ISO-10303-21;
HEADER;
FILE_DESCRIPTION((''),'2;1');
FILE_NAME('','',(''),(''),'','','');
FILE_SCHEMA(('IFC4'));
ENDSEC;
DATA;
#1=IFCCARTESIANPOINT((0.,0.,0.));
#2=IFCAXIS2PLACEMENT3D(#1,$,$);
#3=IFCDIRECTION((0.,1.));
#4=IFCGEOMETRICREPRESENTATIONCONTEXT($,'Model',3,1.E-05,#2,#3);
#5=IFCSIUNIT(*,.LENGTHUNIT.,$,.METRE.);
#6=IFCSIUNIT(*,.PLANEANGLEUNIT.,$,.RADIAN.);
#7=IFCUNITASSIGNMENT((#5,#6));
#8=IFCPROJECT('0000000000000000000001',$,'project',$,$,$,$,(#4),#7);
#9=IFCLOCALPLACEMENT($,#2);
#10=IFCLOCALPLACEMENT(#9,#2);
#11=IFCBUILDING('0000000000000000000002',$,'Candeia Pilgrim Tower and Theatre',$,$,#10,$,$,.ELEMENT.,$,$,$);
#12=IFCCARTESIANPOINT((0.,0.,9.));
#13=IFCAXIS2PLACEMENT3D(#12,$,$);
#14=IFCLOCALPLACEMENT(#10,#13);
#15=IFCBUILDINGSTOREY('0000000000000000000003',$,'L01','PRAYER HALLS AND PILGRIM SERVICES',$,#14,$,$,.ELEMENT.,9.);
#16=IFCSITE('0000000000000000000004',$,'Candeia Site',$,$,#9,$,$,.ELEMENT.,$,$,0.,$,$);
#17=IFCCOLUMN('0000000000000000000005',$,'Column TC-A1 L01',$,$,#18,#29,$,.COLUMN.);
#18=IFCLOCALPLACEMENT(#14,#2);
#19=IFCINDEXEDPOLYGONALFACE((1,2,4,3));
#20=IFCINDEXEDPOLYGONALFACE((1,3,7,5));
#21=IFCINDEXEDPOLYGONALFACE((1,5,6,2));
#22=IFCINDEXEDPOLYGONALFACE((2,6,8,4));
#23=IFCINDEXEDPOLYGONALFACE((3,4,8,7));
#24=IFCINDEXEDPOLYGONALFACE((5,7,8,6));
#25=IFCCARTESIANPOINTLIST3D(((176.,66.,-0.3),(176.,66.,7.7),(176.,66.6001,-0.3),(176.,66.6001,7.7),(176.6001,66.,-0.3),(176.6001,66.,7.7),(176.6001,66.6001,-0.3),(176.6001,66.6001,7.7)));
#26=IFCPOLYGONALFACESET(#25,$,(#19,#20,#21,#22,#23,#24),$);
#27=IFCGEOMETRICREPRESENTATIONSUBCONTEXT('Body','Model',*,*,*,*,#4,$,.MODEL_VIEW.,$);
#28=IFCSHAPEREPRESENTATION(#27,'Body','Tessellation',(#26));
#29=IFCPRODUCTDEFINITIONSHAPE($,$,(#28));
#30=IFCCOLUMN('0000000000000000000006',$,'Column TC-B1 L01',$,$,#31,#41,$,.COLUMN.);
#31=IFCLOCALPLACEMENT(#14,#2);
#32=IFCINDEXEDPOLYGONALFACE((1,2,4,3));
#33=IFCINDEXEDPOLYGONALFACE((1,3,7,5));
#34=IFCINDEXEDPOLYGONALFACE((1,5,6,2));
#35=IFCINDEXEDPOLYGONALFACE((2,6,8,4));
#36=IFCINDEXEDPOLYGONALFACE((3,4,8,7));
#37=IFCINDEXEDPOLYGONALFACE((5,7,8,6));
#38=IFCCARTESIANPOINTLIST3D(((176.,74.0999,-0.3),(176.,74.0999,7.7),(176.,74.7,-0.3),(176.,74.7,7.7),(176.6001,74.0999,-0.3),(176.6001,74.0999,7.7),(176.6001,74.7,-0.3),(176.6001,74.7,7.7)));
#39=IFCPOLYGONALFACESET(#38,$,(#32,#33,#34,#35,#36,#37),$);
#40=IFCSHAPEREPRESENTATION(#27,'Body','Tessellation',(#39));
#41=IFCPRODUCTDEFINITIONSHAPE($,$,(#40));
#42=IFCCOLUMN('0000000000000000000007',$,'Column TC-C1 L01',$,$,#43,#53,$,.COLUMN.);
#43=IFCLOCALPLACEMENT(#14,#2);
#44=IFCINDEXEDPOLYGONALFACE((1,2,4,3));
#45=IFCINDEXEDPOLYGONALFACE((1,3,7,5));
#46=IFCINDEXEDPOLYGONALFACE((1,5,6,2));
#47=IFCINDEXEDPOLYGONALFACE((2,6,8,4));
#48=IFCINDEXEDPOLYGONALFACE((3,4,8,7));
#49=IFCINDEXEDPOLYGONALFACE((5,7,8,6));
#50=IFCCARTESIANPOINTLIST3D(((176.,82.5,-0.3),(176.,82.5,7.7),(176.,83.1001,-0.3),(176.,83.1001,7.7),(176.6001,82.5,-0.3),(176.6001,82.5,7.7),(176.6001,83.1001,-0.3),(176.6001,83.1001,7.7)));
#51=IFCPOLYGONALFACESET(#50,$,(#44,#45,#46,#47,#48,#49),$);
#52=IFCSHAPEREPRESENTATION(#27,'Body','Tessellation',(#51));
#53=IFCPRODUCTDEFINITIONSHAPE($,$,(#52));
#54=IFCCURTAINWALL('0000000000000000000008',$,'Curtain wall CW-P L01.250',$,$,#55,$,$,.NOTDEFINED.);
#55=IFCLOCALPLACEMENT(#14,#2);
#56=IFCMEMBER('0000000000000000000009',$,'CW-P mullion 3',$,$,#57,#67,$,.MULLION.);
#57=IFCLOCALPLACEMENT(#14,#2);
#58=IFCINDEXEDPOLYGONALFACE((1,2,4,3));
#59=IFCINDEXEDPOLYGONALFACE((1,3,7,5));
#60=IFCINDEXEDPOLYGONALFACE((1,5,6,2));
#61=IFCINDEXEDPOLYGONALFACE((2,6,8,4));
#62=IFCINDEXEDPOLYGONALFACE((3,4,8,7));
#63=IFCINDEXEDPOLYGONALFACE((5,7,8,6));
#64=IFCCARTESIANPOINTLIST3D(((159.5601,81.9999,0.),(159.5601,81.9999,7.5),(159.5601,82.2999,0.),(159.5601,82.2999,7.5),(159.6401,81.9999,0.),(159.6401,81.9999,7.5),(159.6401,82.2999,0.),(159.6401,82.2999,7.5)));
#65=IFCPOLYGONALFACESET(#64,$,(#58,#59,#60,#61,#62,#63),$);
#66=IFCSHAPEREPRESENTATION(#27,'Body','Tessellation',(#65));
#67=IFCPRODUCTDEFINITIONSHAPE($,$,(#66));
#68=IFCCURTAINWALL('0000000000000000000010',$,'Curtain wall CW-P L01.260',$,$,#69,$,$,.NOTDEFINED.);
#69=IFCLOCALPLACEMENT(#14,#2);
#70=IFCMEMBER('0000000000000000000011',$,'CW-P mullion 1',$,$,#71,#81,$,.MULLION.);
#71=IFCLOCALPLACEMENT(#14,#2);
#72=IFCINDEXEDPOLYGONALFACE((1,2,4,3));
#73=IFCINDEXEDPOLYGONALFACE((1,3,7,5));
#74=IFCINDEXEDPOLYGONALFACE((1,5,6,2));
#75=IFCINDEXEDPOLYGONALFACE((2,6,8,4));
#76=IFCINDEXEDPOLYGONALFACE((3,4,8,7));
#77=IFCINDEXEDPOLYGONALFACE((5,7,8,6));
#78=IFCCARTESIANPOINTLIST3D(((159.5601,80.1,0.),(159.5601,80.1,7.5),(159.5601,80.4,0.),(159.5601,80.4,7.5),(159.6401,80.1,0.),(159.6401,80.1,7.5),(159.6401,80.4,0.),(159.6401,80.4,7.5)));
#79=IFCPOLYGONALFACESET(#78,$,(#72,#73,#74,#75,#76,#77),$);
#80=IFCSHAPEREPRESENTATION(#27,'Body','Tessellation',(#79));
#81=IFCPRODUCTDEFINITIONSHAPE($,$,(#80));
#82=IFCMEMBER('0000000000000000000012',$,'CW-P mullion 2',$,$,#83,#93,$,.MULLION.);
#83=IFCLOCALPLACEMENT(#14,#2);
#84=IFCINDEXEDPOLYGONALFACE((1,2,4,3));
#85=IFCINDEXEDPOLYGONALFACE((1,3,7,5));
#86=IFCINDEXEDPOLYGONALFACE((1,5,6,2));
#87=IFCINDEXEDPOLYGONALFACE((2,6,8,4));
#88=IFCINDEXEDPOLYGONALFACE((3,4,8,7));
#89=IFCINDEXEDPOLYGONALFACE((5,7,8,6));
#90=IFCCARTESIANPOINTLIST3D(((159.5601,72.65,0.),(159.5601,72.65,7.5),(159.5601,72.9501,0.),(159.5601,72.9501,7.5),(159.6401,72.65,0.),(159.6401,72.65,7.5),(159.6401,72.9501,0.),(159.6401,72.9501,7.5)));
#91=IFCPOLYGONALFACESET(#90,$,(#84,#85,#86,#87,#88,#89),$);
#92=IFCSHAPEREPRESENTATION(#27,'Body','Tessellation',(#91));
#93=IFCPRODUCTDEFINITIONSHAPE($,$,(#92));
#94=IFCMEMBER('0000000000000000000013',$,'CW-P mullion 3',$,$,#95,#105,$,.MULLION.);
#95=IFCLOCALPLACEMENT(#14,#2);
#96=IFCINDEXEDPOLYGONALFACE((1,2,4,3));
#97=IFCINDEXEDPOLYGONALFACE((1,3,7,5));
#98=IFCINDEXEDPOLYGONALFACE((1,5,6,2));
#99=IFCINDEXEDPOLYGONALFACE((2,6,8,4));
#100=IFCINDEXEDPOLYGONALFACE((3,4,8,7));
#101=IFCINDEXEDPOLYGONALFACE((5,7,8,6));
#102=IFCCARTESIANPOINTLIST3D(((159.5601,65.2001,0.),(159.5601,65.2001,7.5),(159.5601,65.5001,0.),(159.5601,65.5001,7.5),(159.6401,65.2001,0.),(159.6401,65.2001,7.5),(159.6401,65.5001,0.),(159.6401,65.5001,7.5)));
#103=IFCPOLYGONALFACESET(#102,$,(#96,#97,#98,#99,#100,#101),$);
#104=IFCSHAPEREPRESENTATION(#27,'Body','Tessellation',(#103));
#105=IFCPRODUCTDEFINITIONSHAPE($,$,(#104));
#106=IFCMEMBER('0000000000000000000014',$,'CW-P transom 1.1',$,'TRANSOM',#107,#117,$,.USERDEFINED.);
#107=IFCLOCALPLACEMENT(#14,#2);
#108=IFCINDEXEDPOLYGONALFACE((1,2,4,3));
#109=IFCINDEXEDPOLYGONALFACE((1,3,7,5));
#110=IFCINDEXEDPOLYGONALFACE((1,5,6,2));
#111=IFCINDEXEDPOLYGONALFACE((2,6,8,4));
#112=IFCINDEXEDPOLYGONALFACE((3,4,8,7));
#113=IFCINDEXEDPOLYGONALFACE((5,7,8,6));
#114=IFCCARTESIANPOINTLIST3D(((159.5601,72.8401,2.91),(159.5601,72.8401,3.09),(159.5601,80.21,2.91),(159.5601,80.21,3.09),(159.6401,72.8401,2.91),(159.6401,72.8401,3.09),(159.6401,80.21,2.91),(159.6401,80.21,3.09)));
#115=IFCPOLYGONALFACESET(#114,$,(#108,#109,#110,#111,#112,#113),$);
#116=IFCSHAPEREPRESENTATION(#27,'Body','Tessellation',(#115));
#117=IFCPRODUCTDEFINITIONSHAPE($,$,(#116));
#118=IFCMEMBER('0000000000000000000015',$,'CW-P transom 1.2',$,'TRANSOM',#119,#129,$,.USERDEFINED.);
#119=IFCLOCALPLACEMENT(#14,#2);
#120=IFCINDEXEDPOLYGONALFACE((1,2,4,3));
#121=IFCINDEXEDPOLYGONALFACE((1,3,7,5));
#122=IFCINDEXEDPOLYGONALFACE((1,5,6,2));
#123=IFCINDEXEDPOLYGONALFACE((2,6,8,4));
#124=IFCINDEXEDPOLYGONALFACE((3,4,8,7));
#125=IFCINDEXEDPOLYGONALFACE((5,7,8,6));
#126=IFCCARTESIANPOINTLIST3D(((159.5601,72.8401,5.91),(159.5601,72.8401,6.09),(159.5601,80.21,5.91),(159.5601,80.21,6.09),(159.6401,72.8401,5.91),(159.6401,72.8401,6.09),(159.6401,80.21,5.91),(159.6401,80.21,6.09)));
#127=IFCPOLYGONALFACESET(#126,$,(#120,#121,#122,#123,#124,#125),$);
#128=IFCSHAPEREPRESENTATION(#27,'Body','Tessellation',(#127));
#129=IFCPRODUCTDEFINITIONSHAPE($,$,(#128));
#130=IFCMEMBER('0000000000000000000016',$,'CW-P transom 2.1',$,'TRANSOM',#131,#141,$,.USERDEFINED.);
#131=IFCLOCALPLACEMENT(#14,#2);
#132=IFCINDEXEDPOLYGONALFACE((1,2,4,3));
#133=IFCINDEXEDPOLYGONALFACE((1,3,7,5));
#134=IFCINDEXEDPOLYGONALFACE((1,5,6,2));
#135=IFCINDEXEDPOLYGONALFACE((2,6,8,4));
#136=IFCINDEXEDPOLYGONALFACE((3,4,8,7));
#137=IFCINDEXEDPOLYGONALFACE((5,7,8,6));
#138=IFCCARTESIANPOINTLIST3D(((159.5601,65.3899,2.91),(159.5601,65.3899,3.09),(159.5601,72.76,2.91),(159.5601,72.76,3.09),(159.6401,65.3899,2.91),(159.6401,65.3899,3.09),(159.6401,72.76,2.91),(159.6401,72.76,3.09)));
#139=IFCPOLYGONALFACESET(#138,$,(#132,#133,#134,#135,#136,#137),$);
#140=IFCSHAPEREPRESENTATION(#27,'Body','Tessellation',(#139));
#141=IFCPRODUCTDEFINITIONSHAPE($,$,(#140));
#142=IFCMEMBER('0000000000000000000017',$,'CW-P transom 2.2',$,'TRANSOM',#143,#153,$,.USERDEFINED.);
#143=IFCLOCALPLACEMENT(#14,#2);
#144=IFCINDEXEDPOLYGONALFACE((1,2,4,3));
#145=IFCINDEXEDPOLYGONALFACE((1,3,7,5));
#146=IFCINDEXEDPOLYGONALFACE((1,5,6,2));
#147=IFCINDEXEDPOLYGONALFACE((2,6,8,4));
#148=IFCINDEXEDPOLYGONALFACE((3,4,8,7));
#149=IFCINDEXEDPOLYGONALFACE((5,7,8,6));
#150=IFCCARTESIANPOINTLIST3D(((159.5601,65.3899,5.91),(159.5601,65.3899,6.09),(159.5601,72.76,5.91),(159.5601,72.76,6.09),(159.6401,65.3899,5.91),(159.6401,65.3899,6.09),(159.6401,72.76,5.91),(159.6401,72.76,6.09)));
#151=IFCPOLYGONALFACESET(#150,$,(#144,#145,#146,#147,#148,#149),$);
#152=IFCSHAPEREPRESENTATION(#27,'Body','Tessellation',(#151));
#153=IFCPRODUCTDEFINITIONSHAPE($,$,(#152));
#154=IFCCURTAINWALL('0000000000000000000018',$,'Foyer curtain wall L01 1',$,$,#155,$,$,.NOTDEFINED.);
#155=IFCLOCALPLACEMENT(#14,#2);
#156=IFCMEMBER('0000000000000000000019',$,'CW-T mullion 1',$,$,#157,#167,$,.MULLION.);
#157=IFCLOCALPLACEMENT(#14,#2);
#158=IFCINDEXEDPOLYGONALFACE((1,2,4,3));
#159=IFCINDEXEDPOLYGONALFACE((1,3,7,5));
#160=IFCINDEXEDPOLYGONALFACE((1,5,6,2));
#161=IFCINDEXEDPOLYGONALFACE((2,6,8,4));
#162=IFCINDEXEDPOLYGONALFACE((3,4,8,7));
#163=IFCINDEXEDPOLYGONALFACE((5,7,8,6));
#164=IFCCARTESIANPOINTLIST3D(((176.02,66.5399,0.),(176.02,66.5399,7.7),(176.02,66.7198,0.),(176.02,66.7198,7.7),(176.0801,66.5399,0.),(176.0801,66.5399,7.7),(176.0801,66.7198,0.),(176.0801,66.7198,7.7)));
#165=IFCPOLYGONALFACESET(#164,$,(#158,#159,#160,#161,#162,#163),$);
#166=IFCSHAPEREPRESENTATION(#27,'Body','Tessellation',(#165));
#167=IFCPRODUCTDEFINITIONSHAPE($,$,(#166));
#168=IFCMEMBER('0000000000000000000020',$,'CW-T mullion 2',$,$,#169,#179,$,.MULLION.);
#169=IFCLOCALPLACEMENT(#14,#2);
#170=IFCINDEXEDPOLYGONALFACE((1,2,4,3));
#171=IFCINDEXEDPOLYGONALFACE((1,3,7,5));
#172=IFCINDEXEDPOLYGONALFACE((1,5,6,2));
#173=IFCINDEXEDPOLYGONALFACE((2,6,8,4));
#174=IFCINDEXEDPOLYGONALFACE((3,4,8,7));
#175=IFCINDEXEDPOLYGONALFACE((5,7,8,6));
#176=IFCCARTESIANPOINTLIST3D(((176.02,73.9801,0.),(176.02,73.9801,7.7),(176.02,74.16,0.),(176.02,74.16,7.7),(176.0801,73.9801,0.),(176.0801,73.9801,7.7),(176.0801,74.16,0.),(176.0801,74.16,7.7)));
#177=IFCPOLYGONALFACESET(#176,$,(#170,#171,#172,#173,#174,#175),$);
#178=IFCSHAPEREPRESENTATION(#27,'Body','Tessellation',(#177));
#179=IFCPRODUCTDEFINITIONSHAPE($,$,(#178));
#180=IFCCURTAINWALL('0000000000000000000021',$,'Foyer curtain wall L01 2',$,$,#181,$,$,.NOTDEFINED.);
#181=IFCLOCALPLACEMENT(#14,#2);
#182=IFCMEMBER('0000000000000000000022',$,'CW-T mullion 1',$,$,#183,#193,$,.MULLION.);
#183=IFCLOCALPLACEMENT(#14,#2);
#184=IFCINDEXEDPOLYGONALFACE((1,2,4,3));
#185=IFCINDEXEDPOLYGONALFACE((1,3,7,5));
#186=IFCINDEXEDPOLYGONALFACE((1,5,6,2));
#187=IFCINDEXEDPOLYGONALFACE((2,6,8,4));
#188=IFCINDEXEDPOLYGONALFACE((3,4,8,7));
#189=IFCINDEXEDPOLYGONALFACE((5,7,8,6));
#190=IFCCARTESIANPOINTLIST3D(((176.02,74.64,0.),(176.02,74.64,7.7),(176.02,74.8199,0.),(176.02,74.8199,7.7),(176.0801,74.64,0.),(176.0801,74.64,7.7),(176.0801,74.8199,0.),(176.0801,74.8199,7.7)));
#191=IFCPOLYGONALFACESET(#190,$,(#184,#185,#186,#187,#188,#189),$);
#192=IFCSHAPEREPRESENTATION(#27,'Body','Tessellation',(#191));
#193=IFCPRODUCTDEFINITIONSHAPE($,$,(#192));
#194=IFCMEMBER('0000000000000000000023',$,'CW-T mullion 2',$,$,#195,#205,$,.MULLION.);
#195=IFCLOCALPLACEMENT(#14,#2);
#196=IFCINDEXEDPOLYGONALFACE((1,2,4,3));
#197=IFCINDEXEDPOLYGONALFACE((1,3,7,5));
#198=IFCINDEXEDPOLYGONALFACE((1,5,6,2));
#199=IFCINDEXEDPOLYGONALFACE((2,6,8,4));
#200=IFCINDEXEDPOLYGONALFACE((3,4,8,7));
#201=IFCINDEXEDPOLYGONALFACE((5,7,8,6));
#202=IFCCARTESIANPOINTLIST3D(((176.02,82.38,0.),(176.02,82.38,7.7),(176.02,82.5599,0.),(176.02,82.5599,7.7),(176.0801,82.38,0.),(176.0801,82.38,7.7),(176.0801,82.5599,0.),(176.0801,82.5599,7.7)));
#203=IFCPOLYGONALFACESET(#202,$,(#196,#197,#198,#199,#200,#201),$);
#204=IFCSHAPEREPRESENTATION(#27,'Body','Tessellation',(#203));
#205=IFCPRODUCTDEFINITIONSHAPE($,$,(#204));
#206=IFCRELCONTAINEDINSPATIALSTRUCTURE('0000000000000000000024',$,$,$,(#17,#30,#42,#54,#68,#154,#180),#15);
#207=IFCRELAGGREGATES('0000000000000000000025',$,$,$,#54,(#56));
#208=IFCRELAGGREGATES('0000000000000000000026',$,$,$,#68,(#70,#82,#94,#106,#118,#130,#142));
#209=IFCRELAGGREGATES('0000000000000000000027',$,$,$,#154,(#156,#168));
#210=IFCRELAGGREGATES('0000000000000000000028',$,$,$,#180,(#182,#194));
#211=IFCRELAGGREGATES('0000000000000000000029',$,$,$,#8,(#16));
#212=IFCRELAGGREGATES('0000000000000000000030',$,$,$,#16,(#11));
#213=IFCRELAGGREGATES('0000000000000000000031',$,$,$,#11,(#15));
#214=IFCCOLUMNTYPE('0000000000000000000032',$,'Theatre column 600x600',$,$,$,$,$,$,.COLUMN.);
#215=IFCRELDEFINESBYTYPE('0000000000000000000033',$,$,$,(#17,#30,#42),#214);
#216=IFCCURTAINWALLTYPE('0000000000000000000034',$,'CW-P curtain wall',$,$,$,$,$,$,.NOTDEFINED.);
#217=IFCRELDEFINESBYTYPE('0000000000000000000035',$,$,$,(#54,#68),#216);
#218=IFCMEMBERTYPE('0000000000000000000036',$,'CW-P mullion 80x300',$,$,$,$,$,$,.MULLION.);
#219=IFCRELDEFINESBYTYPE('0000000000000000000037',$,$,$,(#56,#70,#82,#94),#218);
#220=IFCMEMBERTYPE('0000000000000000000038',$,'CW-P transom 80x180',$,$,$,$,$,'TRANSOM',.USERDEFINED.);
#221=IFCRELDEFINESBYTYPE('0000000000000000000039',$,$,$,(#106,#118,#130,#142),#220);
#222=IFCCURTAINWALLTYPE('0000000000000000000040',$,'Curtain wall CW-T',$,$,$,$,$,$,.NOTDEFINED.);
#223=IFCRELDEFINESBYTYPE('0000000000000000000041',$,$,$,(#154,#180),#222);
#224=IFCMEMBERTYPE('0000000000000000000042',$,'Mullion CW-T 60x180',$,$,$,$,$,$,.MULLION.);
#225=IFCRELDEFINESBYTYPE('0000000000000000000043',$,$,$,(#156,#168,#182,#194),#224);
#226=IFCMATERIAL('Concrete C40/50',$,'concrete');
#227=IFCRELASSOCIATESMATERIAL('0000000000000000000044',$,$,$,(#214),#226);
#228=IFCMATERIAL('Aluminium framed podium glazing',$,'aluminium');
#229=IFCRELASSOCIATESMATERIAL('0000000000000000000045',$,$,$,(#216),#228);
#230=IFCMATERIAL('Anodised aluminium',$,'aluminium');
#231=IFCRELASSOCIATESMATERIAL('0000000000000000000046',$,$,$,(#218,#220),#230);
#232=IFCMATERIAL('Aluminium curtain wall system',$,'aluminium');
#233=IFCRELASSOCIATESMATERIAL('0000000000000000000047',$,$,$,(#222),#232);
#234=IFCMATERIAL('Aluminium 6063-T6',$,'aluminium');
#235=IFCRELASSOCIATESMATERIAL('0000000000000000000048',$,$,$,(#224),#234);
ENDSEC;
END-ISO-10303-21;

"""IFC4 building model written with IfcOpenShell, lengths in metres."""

from ifc_helpers import new_model, si_unit, direction, frame, origin, origin_2d, place, context, subcontext, project, spatial, rectangle, extrude, material, material_profile, profile_set, type_object, element, aggregate, save


model = new_model("IFC4")

# Units and contexts
model_context = context("Model", 3, precision=1e-05, world=origin(), true_north=direction((0.0, 1.0)))
body_context = subcontext(model_context, "Body", "Model", "MODEL_VIEW")
ifc_project = project(units=[si_unit("LENGTHUNIT", "METRE"), si_unit("PLANEANGLEUNIT", "RADIAN")], contexts=[model_context])

# Site, building, storey
site_placement = place(None, origin())
site = spatial("IfcSite", under=ifc_project, at=site_placement, Name="Candeia Site", CompositionType="ELEMENT", RefElevation=0.0)
building_placement = place(site_placement, origin())
building = spatial("IfcBuilding", under=site, at=building_placement, Name="Candeia Pilgrim Tower and Theatre", CompositionType="ELEMENT")
storey_placement = place(building_placement, frame((0.0, 0.0, 9.0)))
storey = spatial("IfcBuildingStorey", under=building, at=storey_placement, Name="L01", Description="PRAYER HALLS AND PILGRIM SERVICES", CompositionType="ELEMENT", Elevation=9.0)

# Columns
ifc_material_1 = material(Name="Concrete C40/50", Category="concrete")
ifc_material_profile_1 = material_profile(ifc_material_1, rectangle(XDim=0.6001, YDim=0.6001, at=origin_2d()))
ifc_profile_set_1 = profile_set([ifc_material_profile_1], Name="Concrete C40/50")
column_type = type_object("IfcColumnType", Name="Theatre column 600x600", PredefinedType="COLUMN", material=ifc_profile_set_1)
for number, where, z_axis, x_axis, name in (
    (1, (176.3, 66.3, -0.3), (0.0, 0.0, 1.0), (1.0, 0.0, 0.0), "Column TC-A1 L01"),
    (2, (176.3, 74.3999, -0.3), (0.0, 0.0, 1.0), (1.0, 0.0, 0.0), "Column TC-B1 L01"),
    (3, (176.3, 82.8, -0.3), (0.0, 0.0, 1.0), (1.0, 0.0, 0.0), "Column TC-C1 L01"),
):
    element("IfcColumn", number, at=place(storey_placement, frame(where, z_axis=z_axis, x_axis=x_axis)), inside=storey, type_object=column_type, Name=name, PredefinedType="COLUMN", context=body_context, shape_type="SweptSolid", body=[
        extrude(rectangle(XDim=0.6001, YDim=0.6001, at=origin_2d()), origin(), (0.0, 0.0, 1.0), 8.0),
    ])

# Curtain wall, member
ifc_material_2 = material(Name="Aluminium framed podium glazing", Category="aluminium")
curtain_wall_type_1 = type_object("IfcCurtainWallType", Name="CW-P curtain wall", PredefinedType="NOTDEFINED", material=ifc_material_2)
curtain_wall_1_placement = place(storey_placement, origin())
curtain_wall_1 = element("IfcCurtainWall", 4, at=curtain_wall_1_placement, inside=storey, type_object=curtain_wall_type_1, Name="Curtain wall CW-P L01.250", PredefinedType="NOTDEFINED")
ifc_material_3 = material(Name="Anodised aluminium", Category="aluminium")
ifc_material_profile_2 = material_profile(ifc_material_3, rectangle(XDim=0.0801, YDim=0.3, at=origin_2d()))
ifc_profile_set_2 = profile_set([ifc_material_profile_2], Name="Anodised aluminium")
member_type_1 = type_object("IfcMemberType", Name="CW-P mullion 80x300", PredefinedType="MULLION", material=ifc_profile_set_2)
member_1_placement = place(storey_placement, frame((159.6001, 82.1499, 0.0), z_axis=(0.0, 0.0, 1.0), x_axis=(1.0, 0.0, 0.0)))
member_1 = element("IfcMember", 5, at=member_1_placement, type_object=member_type_1, Name="CW-P mullion 3", PredefinedType="MULLION", context=body_context, shape_type="SweptSolid", body=[
    extrude(rectangle(XDim=0.0801, YDim=0.3, at=origin_2d()), origin(), (0.0, 0.0, 1.0), 7.5),
])

# Curtain walls, members
curtain_wall_2_placement = place(storey_placement, origin())
curtain_wall_2 = element("IfcCurtainWall", 6, at=curtain_wall_2_placement, inside=storey, type_object=curtain_wall_type_1, Name="Curtain wall CW-P L01.260", PredefinedType="NOTDEFINED")
member_2_placement = place(storey_placement, frame((159.6001, 80.25, 0.0), z_axis=(0.0, 0.0, 1.0), x_axis=(1.0, 0.0, 0.0)))
member_2 = element("IfcMember", 7, at=member_2_placement, type_object=member_type_1, Name="CW-P mullion 1", PredefinedType="MULLION", context=body_context, shape_type="SweptSolid", body=[
    extrude(rectangle(XDim=0.0801, YDim=0.3, at=origin_2d()), origin(), (0.0, 0.0, 1.0), 7.5),
])
member_3_placement = place(storey_placement, frame((159.6001, 72.8, 0.0), z_axis=(0.0, 0.0, 1.0), x_axis=(1.0, 0.0, 0.0)))
member_3 = element("IfcMember", 8, at=member_3_placement, type_object=member_type_1, Name="CW-P mullion 2", PredefinedType="MULLION", context=body_context, shape_type="SweptSolid", body=[
    extrude(rectangle(XDim=0.0801, YDim=0.3, at=origin_2d()), origin(), (0.0, 0.0, 1.0), 7.5),
])
member_4_placement = place(storey_placement, frame((159.6001, 65.3501, 0.0), z_axis=(0.0, 0.0, 1.0), x_axis=(1.0, 0.0, 0.0)))
member_4 = element("IfcMember", 9, at=member_4_placement, type_object=member_type_1, Name="CW-P mullion 3", PredefinedType="MULLION", context=body_context, shape_type="SweptSolid", body=[
    extrude(rectangle(XDim=0.0801, YDim=0.3, at=origin_2d()), origin(), (0.0, 0.0, 1.0), 7.5),
])
ifc_material_profile_3 = material_profile(ifc_material_3, rectangle(XDim=0.0801, YDim=0.1799, at=origin_2d()))
ifc_profile_set_3 = profile_set([ifc_material_profile_3], Name="Anodised aluminium")
member_type_2 = type_object("IfcMemberType", Name="CW-P transom 80x180", ElementType="TRANSOM", PredefinedType="USERDEFINED", material=ifc_profile_set_3)
member_5_placement = place(storey_placement, frame((159.6001, 80.21, 3.0), z_axis=(0.0, -1.0, 0.0), x_axis=(1.0, 0.0, 0.0)))
member_5 = element("IfcMember", 10, at=member_5_placement, type_object=member_type_2, Name="CW-P transom 1.1", ObjectType="TRANSOM", PredefinedType="USERDEFINED", context=body_context, shape_type="SweptSolid", body=[
    extrude(rectangle(XDim=0.0801, YDim=0.1799, at=origin_2d()), origin(), (0.0, 0.0, 1.0), 7.3699),
])
member_6_placement = place(storey_placement, frame((159.6001, 80.21, 6.0), z_axis=(0.0, -1.0, 0.0), x_axis=(1.0, 0.0, 0.0)))
member_6 = element("IfcMember", 11, at=member_6_placement, type_object=member_type_2, Name="CW-P transom 1.2", ObjectType="TRANSOM", PredefinedType="USERDEFINED", context=body_context, shape_type="SweptSolid", body=[
    extrude(rectangle(XDim=0.0801, YDim=0.1799, at=origin_2d()), origin(), (0.0, 0.0, 1.0), 7.3699),
])
member_7_placement = place(storey_placement, frame((159.6001, 72.76, 3.0), z_axis=(0.0, -1.0, 0.0), x_axis=(1.0, 0.0, 0.0)))
member_7 = element("IfcMember", 12, at=member_7_placement, type_object=member_type_2, Name="CW-P transom 2.1", ObjectType="TRANSOM", PredefinedType="USERDEFINED", context=body_context, shape_type="SweptSolid", body=[
    extrude(rectangle(XDim=0.0801, YDim=0.1799, at=origin_2d()), origin(), (0.0, 0.0, 1.0), 7.3701),
])
member_8_placement = place(storey_placement, frame((159.6001, 72.76, 6.0), z_axis=(0.0, -1.0, 0.0), x_axis=(1.0, 0.0, 0.0)))
member_8 = element("IfcMember", 13, at=member_8_placement, type_object=member_type_2, Name="CW-P transom 2.2", ObjectType="TRANSOM", PredefinedType="USERDEFINED", context=body_context, shape_type="SweptSolid", body=[
    extrude(rectangle(XDim=0.0801, YDim=0.1799, at=origin_2d()), origin(), (0.0, 0.0, 1.0), 7.3701),
])
ifc_material_4 = material(Name="Aluminium curtain wall system", Category="aluminium")
curtain_wall_type_2 = type_object("IfcCurtainWallType", Name="Curtain wall CW-T", PredefinedType="NOTDEFINED", material=ifc_material_4)
curtain_wall_3_placement = place(storey_placement, origin())
curtain_wall_3 = element("IfcCurtainWall", 14, at=curtain_wall_3_placement, inside=storey, type_object=curtain_wall_type_2, Name="Foyer curtain wall L01 1", PredefinedType="NOTDEFINED")
ifc_material_5 = material(Name="Aluminium 6063-T6", Category="aluminium")
ifc_material_profile_4 = material_profile(ifc_material_5, rectangle(XDim=0.0601, YDim=0.1799, at=origin_2d()))
ifc_profile_set_4 = profile_set([ifc_material_profile_4], Name="Aluminium 6063-T6")
member_type_3 = type_object("IfcMemberType", Name="Mullion CW-T 60x180", PredefinedType="MULLION", material=ifc_profile_set_4)
member_9_placement = place(storey_placement, frame((176.05, 66.6299, 0.0), z_axis=(0.0, 0.0, 1.0), x_axis=(-1.0, 0.0, 0.0)))
member_9 = element("IfcMember", 15, at=member_9_placement, type_object=member_type_3, Name="CW-T mullion 1", PredefinedType="MULLION", context=body_context, shape_type="SweptSolid", body=[
    extrude(rectangle(XDim=0.0601, YDim=0.1799, at=origin_2d()), origin(), (0.0, 0.0, 1.0), 7.7),
])
member_10_placement = place(storey_placement, frame((176.05, 74.0701, 0.0), z_axis=(0.0, 0.0, 1.0), x_axis=(-1.0, 0.0, 0.0)))
member_10 = element("IfcMember", 16, at=member_10_placement, type_object=member_type_3, Name="CW-T mullion 2", PredefinedType="MULLION", context=body_context, shape_type="SweptSolid", body=[
    extrude(rectangle(XDim=0.0601, YDim=0.1799, at=origin_2d()), origin(), (0.0, 0.0, 1.0), 7.7),
])
curtain_wall_4_placement = place(storey_placement, origin())
curtain_wall_4 = element("IfcCurtainWall", 17, at=curtain_wall_4_placement, inside=storey, type_object=curtain_wall_type_2, Name="Foyer curtain wall L01 2", PredefinedType="NOTDEFINED")
member_11_placement = place(storey_placement, frame((176.05, 74.73, 0.0), z_axis=(0.0, 0.0, 1.0), x_axis=(-1.0, 0.0, 0.0)))
member_11 = element("IfcMember", 18, at=member_11_placement, type_object=member_type_3, Name="CW-T mullion 1", PredefinedType="MULLION", context=body_context, shape_type="SweptSolid", body=[
    extrude(rectangle(XDim=0.0601, YDim=0.1799, at=origin_2d()), origin(), (0.0, 0.0, 1.0), 7.7),
])
member_12_placement = place(storey_placement, frame((176.05, 82.47, 0.0), z_axis=(0.0, 0.0, 1.0), x_axis=(-1.0, 0.0, 0.0)))
member_12 = element("IfcMember", 19, at=member_12_placement, type_object=member_type_3, Name="CW-T mullion 2", PredefinedType="MULLION", context=body_context, shape_type="SweptSolid", body=[
    extrude(rectangle(XDim=0.0601, YDim=0.1799, at=origin_2d()), origin(), (0.0, 0.0, 1.0), 7.7),
])

aggregate(curtain_wall_1, [member_1])
aggregate(curtain_wall_2, [member_2, member_3, member_4, member_5, member_6, member_7, member_8])
aggregate(curtain_wall_3, [member_9, member_10])
aggregate(curtain_wall_4, [member_11, member_12])

save(model, "model.ifc")
